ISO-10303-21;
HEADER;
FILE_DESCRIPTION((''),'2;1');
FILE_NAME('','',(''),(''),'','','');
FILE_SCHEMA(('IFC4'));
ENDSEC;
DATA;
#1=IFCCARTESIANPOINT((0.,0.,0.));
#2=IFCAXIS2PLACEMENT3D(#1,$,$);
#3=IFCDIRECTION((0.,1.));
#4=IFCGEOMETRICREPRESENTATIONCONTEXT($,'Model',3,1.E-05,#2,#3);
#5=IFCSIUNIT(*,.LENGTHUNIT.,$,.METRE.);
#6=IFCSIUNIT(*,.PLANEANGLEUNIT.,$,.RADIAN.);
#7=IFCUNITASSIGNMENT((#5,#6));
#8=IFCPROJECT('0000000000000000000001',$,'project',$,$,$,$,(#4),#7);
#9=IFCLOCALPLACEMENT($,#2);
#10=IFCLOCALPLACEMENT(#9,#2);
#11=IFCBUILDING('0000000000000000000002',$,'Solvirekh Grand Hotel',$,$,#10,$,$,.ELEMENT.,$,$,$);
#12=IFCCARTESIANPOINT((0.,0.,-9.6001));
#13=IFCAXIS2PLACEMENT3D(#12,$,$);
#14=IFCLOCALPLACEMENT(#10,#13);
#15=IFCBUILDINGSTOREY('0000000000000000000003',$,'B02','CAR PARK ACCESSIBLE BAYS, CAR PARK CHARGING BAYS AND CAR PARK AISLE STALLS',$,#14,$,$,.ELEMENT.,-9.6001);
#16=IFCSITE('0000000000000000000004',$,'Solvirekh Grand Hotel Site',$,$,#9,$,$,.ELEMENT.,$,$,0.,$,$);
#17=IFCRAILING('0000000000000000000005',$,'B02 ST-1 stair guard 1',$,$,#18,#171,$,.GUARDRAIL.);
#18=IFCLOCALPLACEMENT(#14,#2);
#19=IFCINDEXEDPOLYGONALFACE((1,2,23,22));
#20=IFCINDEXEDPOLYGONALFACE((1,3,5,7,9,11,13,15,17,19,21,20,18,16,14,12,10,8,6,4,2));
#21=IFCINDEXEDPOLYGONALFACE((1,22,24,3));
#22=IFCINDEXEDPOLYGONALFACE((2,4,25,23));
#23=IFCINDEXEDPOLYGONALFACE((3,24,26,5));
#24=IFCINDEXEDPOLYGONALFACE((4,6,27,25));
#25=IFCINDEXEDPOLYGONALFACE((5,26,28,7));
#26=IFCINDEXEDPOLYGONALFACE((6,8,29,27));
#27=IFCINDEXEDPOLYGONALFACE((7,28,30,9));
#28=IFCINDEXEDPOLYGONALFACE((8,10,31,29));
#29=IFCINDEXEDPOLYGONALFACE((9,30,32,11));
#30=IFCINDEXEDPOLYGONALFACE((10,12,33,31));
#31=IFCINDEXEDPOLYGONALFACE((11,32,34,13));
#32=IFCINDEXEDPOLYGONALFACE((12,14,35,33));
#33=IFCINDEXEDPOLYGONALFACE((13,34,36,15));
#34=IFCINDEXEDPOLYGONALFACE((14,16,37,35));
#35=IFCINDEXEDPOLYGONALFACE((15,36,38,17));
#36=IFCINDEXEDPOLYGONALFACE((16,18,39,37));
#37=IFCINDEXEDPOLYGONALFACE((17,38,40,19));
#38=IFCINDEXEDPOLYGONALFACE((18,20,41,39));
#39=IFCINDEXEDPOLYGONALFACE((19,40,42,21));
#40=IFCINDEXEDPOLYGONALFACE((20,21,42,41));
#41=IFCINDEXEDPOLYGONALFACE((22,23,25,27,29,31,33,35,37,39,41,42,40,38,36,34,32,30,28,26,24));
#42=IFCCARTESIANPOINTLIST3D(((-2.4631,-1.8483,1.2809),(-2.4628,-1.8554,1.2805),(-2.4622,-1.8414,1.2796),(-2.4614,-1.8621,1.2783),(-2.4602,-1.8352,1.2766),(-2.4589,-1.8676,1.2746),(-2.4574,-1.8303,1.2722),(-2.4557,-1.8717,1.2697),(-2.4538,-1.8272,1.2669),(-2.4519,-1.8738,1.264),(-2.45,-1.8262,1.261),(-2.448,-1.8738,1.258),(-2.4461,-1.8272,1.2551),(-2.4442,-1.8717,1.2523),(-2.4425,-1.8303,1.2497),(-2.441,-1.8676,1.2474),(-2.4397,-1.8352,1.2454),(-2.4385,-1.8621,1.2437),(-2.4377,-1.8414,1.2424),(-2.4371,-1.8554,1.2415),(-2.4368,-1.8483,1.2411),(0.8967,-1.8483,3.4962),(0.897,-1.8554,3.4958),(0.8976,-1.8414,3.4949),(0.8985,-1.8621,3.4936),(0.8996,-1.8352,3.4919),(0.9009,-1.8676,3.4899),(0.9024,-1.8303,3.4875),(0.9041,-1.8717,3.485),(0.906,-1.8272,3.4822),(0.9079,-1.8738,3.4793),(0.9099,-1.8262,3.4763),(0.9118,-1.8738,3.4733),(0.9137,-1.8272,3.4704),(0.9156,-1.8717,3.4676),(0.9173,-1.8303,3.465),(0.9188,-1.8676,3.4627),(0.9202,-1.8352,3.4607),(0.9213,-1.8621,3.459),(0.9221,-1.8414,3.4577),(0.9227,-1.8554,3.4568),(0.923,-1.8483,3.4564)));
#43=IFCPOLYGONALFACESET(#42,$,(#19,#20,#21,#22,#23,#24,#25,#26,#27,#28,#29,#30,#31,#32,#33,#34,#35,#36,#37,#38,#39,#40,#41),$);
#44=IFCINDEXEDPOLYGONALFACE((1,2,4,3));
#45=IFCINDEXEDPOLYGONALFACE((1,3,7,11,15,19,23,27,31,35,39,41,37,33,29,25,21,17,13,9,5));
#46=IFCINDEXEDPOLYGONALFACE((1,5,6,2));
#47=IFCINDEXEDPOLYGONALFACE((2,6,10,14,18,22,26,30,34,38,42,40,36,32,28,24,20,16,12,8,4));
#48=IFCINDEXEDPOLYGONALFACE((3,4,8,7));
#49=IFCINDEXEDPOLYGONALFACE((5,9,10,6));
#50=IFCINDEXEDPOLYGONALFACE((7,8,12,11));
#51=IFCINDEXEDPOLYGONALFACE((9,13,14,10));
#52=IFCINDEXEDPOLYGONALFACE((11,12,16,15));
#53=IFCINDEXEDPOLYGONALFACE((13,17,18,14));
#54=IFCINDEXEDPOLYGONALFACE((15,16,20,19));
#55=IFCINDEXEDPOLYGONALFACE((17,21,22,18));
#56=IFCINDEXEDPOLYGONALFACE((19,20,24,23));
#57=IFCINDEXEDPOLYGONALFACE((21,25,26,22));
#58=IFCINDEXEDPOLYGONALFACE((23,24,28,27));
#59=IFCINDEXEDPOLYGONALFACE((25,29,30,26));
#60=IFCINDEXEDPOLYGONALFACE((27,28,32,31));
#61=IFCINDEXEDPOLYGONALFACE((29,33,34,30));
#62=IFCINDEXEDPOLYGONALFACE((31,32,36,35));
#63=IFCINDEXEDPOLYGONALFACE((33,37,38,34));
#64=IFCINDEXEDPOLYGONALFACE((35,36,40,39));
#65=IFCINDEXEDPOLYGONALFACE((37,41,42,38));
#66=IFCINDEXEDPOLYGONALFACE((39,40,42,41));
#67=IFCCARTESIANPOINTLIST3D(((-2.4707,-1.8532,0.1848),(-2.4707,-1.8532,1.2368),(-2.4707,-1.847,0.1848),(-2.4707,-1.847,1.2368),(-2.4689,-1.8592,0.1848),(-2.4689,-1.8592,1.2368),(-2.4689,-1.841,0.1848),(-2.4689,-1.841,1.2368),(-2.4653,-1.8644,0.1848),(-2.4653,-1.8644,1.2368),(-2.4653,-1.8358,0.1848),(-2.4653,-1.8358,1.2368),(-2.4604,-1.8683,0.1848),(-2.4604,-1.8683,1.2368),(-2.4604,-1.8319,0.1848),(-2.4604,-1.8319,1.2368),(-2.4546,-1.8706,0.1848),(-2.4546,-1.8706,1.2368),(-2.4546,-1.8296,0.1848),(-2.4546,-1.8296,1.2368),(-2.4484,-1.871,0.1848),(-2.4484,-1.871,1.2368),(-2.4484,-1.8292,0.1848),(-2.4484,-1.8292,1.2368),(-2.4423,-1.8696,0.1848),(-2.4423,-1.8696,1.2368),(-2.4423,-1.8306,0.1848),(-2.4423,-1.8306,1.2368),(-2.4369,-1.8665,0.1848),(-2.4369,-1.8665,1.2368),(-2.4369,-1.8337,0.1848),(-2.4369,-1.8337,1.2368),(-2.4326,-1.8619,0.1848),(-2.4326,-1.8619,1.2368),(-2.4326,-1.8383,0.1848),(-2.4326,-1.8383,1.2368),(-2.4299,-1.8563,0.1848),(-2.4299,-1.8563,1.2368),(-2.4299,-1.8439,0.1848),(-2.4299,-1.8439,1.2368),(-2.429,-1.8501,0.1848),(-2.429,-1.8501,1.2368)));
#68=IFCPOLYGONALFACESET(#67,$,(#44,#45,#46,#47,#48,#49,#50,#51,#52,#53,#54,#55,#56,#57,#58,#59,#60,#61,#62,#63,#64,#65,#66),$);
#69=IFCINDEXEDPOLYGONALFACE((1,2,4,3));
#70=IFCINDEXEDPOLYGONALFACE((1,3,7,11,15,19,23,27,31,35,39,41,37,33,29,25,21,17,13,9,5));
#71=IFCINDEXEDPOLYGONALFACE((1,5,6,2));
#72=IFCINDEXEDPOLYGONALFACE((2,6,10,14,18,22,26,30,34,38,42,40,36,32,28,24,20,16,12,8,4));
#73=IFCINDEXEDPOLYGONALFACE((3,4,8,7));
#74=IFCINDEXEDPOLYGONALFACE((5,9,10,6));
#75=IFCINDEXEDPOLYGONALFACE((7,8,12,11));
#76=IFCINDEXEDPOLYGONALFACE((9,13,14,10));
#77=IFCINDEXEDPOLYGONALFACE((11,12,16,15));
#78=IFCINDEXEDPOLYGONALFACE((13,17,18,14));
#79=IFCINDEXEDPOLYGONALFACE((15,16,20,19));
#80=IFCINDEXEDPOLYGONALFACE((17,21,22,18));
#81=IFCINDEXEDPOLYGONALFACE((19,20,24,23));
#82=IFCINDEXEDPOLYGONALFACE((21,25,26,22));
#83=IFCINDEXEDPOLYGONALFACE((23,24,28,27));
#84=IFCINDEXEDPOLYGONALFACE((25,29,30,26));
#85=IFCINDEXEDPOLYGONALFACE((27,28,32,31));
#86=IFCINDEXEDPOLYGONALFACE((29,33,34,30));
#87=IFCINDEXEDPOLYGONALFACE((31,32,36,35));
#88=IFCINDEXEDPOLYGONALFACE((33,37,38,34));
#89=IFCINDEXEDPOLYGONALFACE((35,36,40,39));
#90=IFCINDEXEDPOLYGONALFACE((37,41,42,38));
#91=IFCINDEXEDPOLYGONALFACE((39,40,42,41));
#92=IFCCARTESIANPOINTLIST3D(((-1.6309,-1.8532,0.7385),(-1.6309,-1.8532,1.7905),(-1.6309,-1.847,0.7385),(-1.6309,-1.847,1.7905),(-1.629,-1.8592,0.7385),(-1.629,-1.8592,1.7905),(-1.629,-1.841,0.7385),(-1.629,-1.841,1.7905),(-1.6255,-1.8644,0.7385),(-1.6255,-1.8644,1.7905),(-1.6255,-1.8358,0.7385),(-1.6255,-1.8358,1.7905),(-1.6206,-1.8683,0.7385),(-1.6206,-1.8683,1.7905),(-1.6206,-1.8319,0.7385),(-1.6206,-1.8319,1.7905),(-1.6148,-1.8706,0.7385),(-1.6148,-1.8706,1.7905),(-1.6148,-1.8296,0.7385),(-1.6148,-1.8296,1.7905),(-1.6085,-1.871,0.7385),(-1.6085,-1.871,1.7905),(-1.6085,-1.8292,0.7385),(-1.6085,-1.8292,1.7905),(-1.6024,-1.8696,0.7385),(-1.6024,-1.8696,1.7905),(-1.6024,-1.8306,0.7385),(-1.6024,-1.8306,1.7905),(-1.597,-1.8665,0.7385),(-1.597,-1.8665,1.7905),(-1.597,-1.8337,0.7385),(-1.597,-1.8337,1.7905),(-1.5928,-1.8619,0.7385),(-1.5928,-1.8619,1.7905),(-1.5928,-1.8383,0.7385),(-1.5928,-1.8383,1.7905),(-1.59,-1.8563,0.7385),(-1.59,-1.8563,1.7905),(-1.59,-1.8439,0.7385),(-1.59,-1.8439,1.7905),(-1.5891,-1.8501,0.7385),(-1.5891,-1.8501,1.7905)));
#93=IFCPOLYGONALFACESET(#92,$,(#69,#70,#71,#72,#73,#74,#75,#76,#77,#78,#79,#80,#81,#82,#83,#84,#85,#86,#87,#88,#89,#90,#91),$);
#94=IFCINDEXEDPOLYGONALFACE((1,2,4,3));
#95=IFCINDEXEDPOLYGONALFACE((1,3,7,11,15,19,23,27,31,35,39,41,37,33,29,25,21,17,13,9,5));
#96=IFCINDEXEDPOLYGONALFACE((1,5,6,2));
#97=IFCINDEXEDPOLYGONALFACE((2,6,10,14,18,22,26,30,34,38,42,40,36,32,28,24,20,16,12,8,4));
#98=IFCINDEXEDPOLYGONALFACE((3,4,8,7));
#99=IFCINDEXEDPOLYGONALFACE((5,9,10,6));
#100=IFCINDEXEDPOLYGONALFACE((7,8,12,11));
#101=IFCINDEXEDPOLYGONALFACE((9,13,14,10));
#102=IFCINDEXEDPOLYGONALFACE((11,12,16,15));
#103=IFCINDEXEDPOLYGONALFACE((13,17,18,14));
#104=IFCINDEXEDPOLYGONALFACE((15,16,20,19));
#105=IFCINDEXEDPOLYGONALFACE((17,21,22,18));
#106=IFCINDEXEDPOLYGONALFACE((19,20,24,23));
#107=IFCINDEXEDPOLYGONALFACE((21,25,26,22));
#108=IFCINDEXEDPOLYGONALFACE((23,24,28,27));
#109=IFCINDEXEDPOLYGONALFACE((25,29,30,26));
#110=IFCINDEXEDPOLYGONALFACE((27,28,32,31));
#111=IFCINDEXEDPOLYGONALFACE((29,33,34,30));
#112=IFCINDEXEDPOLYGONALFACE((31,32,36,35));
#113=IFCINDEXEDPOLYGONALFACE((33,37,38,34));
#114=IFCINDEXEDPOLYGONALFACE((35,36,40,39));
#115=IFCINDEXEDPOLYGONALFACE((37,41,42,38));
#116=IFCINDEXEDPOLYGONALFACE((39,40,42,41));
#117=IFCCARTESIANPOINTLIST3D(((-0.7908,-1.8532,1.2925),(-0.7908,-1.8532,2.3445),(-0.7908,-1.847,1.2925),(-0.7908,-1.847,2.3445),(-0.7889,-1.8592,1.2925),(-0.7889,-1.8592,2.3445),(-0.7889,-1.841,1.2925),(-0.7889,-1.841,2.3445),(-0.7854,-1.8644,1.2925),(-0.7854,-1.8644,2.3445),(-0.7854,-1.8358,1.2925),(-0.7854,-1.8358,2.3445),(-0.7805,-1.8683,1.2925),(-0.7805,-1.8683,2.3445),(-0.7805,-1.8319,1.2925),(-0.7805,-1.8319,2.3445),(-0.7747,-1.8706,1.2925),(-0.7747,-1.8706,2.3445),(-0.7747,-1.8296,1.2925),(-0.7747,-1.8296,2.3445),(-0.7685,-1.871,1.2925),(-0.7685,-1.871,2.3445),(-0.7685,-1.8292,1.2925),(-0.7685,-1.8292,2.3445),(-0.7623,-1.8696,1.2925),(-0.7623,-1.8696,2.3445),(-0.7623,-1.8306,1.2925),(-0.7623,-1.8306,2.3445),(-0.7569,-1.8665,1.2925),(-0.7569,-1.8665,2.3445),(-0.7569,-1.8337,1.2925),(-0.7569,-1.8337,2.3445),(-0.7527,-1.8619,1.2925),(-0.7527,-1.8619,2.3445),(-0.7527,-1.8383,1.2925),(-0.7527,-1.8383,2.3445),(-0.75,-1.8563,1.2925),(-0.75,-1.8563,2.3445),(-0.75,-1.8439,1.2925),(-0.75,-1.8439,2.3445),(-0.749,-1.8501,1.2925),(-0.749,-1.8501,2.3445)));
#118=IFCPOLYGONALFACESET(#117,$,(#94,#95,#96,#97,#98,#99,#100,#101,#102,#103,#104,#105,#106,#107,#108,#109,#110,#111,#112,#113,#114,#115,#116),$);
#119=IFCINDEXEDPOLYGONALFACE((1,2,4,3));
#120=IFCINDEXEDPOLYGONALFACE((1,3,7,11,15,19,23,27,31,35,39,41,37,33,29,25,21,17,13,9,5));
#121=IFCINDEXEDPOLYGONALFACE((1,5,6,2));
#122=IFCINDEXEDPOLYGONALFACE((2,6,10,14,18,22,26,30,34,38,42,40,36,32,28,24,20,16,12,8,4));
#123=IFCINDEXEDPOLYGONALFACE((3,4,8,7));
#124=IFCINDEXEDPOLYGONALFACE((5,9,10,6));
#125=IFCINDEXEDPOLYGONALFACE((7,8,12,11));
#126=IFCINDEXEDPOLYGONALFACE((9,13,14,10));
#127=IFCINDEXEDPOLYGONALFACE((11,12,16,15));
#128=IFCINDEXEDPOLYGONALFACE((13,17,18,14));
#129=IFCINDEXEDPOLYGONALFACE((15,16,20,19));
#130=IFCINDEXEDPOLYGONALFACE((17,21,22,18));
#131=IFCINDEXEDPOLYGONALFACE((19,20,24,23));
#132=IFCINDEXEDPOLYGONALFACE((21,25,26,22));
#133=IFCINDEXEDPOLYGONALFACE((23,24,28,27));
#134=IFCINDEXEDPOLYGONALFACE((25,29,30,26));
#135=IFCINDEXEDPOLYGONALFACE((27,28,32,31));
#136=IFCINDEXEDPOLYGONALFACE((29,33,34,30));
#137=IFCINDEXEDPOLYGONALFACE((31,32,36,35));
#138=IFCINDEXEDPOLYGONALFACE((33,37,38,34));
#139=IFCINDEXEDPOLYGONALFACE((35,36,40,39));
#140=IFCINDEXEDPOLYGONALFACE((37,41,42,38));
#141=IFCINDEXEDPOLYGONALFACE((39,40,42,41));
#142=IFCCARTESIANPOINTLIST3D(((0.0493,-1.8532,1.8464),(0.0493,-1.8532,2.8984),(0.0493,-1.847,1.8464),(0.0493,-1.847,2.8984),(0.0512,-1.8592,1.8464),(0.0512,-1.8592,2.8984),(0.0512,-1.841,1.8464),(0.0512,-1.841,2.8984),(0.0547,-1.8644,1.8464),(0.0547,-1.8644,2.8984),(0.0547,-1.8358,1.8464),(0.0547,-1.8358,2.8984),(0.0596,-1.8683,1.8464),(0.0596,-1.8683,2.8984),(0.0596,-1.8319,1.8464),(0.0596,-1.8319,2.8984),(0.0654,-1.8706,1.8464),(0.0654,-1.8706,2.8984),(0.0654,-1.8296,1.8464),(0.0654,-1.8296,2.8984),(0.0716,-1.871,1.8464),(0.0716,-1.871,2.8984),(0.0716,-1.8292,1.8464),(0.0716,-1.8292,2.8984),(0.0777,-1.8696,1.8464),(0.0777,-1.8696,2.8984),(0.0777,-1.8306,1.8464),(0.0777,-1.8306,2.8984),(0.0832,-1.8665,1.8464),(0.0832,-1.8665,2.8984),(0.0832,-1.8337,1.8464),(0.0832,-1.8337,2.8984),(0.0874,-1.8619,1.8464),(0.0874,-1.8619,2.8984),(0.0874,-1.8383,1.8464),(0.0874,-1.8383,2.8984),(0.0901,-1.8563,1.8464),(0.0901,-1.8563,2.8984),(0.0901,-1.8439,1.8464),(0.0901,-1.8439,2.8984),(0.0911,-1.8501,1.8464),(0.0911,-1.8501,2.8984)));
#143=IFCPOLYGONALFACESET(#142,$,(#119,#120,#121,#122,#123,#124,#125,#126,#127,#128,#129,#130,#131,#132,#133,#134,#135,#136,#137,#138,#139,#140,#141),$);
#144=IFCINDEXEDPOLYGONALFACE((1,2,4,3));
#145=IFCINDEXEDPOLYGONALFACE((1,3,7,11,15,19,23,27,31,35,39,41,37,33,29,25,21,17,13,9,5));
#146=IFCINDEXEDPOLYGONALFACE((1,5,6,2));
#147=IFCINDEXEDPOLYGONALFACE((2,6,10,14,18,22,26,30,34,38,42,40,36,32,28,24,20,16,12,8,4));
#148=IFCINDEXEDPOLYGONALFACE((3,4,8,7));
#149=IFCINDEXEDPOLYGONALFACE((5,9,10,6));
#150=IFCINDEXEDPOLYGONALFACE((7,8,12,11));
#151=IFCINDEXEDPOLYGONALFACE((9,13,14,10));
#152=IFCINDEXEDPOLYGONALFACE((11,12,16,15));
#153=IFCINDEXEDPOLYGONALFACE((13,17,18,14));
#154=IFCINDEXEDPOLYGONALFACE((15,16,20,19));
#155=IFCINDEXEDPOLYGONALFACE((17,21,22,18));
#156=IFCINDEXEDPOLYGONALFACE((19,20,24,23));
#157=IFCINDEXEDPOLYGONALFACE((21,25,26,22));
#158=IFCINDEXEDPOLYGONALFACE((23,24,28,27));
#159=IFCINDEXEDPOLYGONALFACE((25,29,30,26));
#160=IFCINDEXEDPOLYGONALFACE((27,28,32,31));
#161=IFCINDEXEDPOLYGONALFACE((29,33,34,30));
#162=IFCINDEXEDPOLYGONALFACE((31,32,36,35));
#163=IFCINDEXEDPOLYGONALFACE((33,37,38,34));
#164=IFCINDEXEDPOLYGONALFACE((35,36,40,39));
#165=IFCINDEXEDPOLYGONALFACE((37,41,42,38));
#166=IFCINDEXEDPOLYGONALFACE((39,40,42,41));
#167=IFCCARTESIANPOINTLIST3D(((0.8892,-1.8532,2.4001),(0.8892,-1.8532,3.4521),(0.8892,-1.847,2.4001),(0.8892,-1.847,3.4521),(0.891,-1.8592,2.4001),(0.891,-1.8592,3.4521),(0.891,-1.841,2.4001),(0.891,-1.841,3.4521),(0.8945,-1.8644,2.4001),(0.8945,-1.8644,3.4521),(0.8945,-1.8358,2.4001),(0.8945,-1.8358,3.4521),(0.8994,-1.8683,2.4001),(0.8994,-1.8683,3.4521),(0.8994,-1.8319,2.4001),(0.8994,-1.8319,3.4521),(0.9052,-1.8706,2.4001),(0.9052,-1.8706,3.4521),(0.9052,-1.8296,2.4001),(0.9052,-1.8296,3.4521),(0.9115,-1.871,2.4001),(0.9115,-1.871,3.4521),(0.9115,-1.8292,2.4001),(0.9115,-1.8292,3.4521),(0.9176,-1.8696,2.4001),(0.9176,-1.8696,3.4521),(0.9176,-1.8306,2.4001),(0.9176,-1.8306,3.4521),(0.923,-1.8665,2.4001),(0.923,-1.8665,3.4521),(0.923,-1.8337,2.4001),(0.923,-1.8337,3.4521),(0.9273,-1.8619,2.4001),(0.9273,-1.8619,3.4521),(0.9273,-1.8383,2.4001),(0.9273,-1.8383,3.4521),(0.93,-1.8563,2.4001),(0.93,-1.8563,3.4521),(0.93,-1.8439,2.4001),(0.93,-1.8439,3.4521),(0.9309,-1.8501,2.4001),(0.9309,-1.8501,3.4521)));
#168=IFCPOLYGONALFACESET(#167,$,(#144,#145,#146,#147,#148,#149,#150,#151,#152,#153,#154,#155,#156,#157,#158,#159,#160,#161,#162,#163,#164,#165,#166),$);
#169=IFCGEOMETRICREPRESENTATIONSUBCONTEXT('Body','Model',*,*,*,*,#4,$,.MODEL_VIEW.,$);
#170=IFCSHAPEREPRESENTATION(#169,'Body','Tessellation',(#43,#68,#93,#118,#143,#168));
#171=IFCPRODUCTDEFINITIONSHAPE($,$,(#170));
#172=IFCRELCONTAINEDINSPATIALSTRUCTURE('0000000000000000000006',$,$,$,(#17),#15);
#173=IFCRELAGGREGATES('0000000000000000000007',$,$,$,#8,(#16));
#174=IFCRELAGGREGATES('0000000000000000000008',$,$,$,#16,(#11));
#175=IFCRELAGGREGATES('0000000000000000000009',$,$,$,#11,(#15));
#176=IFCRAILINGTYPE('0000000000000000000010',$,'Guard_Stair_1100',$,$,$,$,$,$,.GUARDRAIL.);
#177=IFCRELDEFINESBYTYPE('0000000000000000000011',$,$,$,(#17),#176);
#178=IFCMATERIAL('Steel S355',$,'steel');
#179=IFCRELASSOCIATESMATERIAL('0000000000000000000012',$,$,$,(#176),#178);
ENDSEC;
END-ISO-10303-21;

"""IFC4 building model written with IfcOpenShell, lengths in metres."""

from ifc_helpers import new_model, si_unit, direction, frame, origin, origin_2d, place, context, subcontext, project, spatial, circle, extrude, material, type_object, element, save


model = new_model("IFC4")

# Units and contexts
model_context = context("Model", 3, precision=1e-05, world=origin(), true_north=direction((0.0, 1.0)))
body_context = subcontext(model_context, "Body", "Model", "MODEL_VIEW")
ifc_project = project(units=[si_unit("LENGTHUNIT", "METRE"), si_unit("PLANEANGLEUNIT", "RADIAN")], contexts=[model_context])

# Site, building, storey
site_placement = place(None, origin())
site = spatial("IfcSite", under=ifc_project, at=site_placement, Name="Solvirekh Grand Hotel Site", CompositionType="ELEMENT", RefElevation=0.0)
building_placement = place(site_placement, origin())
building = spatial("IfcBuilding", under=site, at=building_placement, Name="Solvirekh Grand Hotel", CompositionType="ELEMENT")
storey_placement = place(building_placement, frame((0.0, 0.0, -9.6001)))
storey = spatial("IfcBuildingStorey", under=building, at=storey_placement, Name="B02", Description="CAR PARK ACCESSIBLE BAYS, CAR PARK CHARGING BAYS AND CAR PARK AISLE STALLS", CompositionType="ELEMENT", Elevation=-9.6001)

# Shared definitions
ifc_material_1 = material(Name="Steel S355", Category="steel")

# Railing
railing_type_1 = type_object("IfcRailingType", Name="Guard_Stair_1100", PredefinedType="GUARDRAIL", material=ifc_material_1)
railing_1_placement = place(storey_placement, frame((-2.45, -1.8501, 0.1848)))
element("IfcRailing", 1, at=railing_1_placement, inside=storey, type_object=railing_type_1, Name="B02 ST-1 stair guard 1", PredefinedType="GUARDRAIL", context=body_context, shape_type="SweptSolid", body=[
    extrude(circle(Radius=0.0239, at=origin_2d()), frame((0.0, 0.0, 1.0762), z_axis=(0.834858, 0.0, 0.550465), x_axis=(0.0, 1.0, 0.0)), (0.0, 0.0, 1.0), 4.0244),
    extrude(circle(Radius=0.021, at=origin_2d()), origin(), (0.0, 0.0, 1.0), 1.052),
    extrude(circle(Radius=0.021, at=origin_2d()), frame((0.8398, 0.0, 0.5537)), (0.0, 0.0, 1.0), 1.052),
    extrude(circle(Radius=0.021, at=origin_2d()), frame((1.6799, 0.0, 1.1077)), (0.0, 0.0, 1.0), 1.052),
    extrude(circle(Radius=0.021, at=origin_2d()), frame((2.52, 0.0, 1.6616)), (0.0, 0.0, 1.0), 1.052),
    extrude(circle(Radius=0.021, at=origin_2d()), frame((3.3599, 0.0, 2.2153)), (0.0, 0.0, 1.0), 1.052),
])

save(model, "model.ifc")
